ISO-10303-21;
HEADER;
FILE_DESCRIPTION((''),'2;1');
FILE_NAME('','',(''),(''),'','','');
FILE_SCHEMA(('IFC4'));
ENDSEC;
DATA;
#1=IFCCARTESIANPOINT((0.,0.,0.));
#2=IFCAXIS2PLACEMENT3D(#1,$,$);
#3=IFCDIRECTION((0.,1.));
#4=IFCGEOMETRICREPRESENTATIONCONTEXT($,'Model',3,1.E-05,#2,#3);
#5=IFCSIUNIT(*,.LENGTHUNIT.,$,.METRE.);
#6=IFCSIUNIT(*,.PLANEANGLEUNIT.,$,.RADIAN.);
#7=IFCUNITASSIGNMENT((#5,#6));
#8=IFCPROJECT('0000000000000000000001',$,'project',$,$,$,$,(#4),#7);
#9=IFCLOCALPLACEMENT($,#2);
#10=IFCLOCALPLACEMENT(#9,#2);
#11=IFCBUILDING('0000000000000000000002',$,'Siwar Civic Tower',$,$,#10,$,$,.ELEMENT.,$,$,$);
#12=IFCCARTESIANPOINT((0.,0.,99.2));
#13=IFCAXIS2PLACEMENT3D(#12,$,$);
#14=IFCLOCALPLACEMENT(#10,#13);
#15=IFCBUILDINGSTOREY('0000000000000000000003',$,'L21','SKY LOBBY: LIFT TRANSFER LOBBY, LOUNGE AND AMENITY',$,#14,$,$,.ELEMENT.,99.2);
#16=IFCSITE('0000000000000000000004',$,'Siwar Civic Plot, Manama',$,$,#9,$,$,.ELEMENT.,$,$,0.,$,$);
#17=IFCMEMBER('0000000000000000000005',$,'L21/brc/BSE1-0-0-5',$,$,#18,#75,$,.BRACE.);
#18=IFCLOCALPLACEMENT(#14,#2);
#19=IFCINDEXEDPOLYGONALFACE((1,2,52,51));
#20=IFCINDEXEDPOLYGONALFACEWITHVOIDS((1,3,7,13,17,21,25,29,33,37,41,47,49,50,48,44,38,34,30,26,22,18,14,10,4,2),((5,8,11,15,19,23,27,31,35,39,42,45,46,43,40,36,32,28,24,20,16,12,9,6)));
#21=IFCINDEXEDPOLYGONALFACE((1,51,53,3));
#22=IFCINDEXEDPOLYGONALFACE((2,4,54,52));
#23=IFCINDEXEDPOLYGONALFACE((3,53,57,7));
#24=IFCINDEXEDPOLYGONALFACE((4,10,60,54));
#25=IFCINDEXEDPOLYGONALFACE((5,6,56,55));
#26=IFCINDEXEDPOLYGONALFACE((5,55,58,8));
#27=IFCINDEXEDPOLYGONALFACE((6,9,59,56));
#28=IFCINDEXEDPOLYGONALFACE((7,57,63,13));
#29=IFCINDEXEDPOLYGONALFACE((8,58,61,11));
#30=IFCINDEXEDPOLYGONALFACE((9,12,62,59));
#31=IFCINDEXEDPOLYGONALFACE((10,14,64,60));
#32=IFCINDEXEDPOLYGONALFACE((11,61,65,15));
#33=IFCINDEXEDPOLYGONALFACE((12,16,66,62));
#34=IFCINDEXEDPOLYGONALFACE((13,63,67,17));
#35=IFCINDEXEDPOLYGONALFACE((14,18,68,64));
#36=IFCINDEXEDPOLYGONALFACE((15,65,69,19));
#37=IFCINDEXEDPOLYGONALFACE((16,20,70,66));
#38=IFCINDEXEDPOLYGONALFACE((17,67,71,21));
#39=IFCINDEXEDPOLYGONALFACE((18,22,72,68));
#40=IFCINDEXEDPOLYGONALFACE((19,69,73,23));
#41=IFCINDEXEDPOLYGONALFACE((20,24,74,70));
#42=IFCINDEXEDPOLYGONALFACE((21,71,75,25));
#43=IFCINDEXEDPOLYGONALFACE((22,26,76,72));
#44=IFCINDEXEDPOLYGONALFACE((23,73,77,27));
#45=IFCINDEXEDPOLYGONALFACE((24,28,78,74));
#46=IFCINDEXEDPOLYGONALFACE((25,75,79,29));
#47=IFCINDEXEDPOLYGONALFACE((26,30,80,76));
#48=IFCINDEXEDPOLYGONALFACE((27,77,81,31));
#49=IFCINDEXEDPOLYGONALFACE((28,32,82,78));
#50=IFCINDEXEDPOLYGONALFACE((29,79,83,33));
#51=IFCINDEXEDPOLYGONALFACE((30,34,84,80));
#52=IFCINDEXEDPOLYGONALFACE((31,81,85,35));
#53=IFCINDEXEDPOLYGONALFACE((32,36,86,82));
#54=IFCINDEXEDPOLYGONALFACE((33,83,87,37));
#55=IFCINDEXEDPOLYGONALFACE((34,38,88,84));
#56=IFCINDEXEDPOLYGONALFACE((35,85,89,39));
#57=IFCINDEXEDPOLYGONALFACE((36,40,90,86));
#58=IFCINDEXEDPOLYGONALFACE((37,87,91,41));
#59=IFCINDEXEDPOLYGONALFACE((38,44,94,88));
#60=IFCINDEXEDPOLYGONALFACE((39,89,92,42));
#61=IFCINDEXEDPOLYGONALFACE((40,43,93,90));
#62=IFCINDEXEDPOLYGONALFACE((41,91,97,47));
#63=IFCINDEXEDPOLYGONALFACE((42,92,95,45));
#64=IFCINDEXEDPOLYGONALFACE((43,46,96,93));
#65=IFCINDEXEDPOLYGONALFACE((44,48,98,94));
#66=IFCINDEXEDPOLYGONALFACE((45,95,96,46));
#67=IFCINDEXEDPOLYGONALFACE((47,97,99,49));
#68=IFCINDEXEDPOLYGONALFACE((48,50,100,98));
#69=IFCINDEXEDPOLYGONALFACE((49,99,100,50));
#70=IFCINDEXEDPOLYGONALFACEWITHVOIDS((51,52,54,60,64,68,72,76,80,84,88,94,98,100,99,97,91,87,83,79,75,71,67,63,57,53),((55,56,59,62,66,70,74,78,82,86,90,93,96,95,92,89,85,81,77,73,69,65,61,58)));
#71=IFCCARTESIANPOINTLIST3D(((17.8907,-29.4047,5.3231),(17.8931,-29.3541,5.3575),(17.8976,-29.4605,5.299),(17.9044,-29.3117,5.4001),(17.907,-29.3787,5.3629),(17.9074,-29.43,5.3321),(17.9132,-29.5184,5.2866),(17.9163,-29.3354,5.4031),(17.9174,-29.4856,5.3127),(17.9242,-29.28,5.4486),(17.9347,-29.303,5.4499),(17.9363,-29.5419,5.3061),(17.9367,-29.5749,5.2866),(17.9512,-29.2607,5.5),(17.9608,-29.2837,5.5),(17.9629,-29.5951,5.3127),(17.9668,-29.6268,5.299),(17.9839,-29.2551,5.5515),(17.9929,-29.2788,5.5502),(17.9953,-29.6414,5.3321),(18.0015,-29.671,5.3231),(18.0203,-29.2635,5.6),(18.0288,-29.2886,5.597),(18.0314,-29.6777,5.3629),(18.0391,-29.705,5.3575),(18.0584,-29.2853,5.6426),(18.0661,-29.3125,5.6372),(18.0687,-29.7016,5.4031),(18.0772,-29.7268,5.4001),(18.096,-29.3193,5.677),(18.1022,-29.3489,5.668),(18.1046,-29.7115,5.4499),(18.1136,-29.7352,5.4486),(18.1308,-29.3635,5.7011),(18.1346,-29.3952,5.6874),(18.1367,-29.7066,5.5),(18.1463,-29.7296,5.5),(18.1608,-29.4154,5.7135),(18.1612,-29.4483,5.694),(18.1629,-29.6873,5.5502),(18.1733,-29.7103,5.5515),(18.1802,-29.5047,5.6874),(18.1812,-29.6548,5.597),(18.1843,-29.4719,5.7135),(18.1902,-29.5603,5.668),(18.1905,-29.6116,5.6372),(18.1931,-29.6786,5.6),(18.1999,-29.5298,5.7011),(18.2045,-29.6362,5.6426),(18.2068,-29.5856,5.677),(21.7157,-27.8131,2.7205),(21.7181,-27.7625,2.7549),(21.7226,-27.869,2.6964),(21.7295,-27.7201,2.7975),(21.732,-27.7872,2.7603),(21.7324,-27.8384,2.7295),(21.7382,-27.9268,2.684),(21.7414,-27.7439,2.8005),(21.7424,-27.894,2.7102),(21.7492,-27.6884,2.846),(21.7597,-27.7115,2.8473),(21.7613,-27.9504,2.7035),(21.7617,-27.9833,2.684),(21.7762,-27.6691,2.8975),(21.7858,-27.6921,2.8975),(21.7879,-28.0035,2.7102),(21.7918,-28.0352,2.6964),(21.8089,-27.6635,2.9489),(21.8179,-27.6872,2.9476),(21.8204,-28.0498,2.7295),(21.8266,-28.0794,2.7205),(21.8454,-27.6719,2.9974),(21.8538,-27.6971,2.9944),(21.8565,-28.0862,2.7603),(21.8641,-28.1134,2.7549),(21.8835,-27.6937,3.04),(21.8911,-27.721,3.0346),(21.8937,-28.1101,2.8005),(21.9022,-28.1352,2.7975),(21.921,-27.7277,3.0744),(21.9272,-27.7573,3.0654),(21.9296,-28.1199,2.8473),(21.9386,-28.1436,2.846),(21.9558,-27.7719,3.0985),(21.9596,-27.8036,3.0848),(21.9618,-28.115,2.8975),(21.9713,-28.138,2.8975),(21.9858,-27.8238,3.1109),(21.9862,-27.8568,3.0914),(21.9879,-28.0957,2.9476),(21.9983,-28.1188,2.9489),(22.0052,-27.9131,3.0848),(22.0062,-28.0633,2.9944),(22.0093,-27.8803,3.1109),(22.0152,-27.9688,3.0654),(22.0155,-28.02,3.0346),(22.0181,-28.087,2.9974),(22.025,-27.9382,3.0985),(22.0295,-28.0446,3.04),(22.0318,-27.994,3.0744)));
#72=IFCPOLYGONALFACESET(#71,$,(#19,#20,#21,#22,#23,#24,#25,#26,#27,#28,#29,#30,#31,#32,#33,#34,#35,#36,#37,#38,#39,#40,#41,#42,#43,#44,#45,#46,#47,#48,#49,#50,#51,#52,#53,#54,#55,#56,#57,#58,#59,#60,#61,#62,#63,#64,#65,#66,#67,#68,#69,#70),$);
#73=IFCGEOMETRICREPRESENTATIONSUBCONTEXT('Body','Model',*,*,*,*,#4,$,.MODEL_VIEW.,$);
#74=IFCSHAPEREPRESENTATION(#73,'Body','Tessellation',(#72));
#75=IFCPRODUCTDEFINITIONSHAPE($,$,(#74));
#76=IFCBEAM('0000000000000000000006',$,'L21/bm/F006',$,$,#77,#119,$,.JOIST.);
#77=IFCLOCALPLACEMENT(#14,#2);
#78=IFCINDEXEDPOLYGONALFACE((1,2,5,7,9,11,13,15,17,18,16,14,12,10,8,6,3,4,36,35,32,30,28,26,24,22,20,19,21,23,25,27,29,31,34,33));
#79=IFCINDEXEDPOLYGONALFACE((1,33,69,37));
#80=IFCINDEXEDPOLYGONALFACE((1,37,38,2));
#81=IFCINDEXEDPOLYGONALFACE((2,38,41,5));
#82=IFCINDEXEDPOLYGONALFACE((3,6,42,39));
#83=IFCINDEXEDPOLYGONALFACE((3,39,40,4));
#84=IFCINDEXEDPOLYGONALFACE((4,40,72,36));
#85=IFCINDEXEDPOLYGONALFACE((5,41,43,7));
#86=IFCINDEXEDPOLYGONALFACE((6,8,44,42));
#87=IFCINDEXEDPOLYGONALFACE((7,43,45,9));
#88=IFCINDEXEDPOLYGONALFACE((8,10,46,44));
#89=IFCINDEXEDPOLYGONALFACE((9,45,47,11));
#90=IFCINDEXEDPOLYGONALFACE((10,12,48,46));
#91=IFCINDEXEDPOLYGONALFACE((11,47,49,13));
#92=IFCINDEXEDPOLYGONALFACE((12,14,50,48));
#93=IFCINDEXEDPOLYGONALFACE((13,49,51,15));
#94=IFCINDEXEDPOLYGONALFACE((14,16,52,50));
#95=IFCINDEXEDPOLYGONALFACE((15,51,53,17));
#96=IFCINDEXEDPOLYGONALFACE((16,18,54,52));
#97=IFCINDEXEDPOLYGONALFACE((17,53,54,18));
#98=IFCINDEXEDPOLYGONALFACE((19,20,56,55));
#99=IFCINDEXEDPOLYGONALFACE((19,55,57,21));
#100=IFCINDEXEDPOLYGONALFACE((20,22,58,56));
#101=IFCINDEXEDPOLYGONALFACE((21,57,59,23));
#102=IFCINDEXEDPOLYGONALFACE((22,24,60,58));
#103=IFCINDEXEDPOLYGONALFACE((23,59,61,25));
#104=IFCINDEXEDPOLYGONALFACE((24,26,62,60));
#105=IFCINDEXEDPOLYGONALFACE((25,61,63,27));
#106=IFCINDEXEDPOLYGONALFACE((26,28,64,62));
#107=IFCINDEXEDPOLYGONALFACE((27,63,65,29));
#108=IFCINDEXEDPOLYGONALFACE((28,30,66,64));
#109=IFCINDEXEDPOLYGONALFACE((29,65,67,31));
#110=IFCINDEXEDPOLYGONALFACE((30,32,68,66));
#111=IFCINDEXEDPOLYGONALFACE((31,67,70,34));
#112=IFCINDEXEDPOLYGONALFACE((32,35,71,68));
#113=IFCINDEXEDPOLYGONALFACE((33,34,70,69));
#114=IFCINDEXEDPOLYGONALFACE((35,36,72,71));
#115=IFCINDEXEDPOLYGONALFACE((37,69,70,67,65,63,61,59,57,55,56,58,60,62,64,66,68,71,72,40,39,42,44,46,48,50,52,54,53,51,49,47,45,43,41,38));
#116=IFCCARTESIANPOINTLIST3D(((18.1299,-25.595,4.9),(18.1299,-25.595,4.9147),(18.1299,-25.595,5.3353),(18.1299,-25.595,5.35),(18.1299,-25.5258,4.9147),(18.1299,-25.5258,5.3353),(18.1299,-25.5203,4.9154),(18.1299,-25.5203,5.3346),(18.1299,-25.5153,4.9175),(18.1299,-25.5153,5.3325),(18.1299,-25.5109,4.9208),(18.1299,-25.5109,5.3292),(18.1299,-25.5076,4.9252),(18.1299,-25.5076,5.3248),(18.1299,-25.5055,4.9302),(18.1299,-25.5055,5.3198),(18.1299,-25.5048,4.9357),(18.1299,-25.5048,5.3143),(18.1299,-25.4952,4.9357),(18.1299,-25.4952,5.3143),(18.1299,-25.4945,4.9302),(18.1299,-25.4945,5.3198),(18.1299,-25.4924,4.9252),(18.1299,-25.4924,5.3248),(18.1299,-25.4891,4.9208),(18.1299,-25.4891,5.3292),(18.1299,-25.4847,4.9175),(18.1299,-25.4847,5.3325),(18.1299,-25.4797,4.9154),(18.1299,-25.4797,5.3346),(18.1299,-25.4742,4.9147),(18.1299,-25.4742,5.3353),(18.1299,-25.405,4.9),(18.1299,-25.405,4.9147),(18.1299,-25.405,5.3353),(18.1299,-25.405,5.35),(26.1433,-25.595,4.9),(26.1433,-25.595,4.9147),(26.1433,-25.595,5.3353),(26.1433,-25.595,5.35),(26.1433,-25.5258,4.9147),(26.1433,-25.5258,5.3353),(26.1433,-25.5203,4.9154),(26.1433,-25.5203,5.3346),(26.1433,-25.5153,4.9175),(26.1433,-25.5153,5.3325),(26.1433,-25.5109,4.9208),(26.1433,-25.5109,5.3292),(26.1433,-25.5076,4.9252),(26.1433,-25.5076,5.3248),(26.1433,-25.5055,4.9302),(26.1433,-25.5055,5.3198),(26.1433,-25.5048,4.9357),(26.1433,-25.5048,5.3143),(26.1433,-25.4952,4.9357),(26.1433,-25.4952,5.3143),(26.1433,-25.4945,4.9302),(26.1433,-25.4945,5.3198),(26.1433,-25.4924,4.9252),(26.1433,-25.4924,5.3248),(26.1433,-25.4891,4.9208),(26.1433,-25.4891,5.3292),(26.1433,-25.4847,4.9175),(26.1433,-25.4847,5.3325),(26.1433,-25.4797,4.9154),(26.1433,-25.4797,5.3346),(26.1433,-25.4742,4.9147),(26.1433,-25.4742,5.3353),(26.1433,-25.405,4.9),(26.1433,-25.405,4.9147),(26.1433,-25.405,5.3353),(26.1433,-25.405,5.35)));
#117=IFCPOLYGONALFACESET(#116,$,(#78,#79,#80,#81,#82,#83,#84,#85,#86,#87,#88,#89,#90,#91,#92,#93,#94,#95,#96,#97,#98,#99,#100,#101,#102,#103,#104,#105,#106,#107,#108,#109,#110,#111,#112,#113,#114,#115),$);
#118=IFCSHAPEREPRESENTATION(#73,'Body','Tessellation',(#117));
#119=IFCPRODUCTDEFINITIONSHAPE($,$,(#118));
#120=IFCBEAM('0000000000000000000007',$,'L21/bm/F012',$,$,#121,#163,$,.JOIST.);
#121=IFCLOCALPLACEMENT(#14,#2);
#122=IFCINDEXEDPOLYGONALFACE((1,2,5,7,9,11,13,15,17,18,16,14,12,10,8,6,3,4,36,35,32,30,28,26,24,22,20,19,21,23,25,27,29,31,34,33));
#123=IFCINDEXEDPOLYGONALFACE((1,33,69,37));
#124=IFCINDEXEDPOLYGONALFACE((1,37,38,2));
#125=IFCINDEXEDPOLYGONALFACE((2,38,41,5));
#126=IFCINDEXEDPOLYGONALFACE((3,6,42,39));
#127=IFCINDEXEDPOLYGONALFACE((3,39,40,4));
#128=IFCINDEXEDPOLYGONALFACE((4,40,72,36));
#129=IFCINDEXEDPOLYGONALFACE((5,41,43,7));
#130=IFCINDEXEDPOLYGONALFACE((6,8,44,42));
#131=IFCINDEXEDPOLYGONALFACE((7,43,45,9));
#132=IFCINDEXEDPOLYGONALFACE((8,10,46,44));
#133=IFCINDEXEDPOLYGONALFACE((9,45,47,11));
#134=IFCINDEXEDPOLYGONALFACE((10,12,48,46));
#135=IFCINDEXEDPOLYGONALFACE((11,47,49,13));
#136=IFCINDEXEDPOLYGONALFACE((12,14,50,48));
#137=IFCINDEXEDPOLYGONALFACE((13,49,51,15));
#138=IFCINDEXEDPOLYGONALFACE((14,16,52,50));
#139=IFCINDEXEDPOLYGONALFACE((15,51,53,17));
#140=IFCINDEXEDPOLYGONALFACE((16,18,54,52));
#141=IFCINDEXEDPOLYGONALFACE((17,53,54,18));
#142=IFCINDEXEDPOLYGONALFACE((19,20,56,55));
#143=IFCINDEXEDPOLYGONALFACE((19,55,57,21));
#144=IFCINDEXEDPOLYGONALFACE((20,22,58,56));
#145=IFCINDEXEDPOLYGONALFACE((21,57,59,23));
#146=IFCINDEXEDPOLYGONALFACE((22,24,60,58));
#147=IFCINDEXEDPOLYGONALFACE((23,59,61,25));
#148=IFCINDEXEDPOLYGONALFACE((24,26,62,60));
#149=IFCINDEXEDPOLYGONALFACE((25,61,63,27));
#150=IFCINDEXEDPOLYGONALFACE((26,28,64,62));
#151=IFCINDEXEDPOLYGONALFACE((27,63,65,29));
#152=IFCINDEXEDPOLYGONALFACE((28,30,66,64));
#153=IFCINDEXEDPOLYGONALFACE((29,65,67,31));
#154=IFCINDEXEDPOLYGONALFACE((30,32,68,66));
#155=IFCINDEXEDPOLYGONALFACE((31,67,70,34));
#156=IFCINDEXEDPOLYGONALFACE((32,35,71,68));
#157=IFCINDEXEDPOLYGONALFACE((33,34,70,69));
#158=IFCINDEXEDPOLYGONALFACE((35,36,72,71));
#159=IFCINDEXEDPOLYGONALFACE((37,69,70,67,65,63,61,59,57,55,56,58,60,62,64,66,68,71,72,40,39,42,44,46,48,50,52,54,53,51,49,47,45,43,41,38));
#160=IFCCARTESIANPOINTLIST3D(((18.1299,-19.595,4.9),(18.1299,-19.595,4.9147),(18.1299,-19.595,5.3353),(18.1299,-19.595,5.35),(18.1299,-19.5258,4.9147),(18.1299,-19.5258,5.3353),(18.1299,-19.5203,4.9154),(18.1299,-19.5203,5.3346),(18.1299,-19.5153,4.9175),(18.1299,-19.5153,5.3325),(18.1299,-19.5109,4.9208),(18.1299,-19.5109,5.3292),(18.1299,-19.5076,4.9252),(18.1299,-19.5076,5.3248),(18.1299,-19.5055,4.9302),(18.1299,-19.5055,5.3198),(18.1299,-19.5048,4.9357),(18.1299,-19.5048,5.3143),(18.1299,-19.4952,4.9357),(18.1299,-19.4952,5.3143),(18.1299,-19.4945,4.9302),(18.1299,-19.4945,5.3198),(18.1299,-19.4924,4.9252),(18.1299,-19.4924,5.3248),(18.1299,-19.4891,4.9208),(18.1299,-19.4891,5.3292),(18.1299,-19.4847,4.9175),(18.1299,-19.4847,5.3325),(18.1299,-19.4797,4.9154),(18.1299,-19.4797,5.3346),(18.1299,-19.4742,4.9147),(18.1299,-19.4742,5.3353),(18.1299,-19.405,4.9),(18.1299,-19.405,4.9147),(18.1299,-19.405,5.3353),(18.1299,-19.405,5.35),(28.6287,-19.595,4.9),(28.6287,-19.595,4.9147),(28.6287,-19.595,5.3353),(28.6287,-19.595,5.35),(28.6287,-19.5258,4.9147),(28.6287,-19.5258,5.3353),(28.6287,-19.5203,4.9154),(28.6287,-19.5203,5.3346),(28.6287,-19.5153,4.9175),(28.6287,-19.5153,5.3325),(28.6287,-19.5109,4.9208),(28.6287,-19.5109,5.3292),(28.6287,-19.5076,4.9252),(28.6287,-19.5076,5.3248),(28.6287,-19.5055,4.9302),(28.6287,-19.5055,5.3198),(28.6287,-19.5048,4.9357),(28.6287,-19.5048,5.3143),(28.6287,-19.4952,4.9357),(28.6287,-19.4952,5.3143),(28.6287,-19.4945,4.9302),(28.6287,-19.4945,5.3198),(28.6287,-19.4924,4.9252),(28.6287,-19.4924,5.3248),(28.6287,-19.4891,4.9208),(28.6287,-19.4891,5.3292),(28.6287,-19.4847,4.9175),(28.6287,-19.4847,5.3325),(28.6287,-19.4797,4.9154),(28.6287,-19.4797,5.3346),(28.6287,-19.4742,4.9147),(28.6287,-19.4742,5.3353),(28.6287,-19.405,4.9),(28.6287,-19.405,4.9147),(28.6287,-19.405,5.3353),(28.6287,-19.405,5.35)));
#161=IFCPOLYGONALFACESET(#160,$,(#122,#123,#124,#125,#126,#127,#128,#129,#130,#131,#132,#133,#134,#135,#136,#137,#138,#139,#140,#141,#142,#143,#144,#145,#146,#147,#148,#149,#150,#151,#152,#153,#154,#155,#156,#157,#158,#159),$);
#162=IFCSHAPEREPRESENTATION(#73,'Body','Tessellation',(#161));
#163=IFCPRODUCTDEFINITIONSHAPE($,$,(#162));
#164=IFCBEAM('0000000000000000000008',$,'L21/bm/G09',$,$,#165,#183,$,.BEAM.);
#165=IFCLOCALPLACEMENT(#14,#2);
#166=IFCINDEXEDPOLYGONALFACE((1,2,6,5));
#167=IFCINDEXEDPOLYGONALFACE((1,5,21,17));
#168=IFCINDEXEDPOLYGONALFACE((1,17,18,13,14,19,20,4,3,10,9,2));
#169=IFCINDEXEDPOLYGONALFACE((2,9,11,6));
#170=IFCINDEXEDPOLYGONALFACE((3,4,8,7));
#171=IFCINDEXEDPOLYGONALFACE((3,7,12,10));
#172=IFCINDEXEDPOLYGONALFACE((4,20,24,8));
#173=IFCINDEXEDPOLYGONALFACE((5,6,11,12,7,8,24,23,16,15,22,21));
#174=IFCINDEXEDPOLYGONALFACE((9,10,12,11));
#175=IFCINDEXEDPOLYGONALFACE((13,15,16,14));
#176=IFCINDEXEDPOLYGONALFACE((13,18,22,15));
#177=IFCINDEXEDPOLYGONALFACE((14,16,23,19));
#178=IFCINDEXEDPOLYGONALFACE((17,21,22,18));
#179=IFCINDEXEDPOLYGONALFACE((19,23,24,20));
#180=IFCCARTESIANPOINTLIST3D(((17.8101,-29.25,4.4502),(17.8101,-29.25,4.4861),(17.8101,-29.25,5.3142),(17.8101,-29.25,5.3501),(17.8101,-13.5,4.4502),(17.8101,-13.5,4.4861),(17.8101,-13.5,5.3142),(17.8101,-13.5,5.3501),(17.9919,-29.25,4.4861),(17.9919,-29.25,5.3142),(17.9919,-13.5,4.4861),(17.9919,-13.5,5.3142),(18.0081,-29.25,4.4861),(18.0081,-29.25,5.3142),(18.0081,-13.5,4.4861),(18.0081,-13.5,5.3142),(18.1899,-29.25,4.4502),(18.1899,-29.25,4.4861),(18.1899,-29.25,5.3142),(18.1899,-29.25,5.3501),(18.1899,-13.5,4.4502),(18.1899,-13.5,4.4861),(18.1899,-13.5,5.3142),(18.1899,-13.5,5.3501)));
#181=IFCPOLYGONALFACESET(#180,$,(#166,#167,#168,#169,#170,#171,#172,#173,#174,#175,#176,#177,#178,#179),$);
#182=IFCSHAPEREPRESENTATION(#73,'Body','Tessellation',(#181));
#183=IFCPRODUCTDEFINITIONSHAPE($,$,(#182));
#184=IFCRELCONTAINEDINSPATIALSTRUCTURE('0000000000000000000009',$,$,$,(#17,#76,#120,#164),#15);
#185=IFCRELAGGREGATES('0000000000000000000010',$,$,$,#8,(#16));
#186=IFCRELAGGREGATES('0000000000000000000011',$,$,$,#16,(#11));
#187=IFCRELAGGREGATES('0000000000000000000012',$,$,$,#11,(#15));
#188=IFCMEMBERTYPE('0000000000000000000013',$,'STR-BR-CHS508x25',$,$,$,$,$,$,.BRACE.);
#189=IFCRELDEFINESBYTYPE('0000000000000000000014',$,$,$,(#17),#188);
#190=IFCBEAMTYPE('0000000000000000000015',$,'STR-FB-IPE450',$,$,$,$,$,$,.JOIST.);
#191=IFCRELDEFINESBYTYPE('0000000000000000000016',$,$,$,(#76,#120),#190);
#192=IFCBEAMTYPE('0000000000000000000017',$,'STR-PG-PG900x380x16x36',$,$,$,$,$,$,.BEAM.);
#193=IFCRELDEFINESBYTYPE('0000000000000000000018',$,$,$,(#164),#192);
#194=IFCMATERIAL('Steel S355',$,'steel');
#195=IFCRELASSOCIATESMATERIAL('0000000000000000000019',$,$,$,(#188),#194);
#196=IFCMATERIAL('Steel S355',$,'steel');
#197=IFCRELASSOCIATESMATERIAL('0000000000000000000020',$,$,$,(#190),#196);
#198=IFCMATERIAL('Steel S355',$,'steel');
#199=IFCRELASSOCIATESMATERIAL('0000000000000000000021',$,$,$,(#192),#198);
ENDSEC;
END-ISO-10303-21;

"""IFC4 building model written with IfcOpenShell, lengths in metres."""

from ifc_helpers import new_model, si_unit, direction, frame, origin, origin_2d, place, context, subcontext, project, spatial, hollow_circle, i_section, extrude, material, material_profile, profile_set, type_object, element, save


model = new_model("IFC4")

# Units and contexts
model_context = context("Model", 3, precision=1e-05, world=origin(), true_north=direction((0.0, 1.0)))
body_context = subcontext(model_context, "Body", "Model", "MODEL_VIEW")
ifc_project = project(units=[si_unit("LENGTHUNIT", "METRE"), si_unit("PLANEANGLEUNIT", "RADIAN")], contexts=[model_context])

# Site, building, storey
site_placement = place(None, origin())
site = spatial("IfcSite", under=ifc_project, at=site_placement, Name="Siwar Civic Plot, Manama", CompositionType="ELEMENT", RefElevation=0.0)
building_placement = place(site_placement, origin())
building = spatial("IfcBuilding", under=site, at=building_placement, Name="Siwar Civic Tower", CompositionType="ELEMENT")
storey_placement = place(building_placement, frame((0.0, 0.0, 99.2)))
storey = spatial("IfcBuildingStorey", under=building, at=storey_placement, Name="L21", Description="SKY LOBBY: LIFT TRANSFER LOBBY, LOUNGE AND AMENITY", CompositionType="ELEMENT", Elevation=99.2)

# Member
ifc_material_1 = material(Name="Steel S355", Category="steel")
ifc_material_profile_1 = material_profile(ifc_material_1, hollow_circle(Radius=0.2539, WallThickness=0.0249, at=origin_2d()), Name="CHS508x25")
ifc_profile_set_1 = profile_set([ifc_material_profile_1], Name="Steel S355")
member_type_1 = type_object("IfcMemberType", Name="STR-BR-CHS508x25", PredefinedType="BRACE", material=ifc_profile_set_1)
member_1_placement = place(storey_placement, frame((21.8738, -27.9036, 2.8975), z_axis=(-0.7818, -0.325305, 0.531945), x_axis=(0.384168, -0.923263, 0.0)))
element("IfcMember", 1, at=member_1_placement, inside=storey, type_object=member_type_1, Name="L21/brc/BSE1-0-0-5", PredefinedType="BRACE", context=body_context, shape_type="SweptSolid", body=[
    extrude(hollow_circle(Radius=0.2539, WallThickness=0.0249, at=origin_2d()), origin(), (0.0, 0.0, 1.0), 4.8926),
])

# Beams
ifc_material_2 = material(Name="Steel S355", Category="steel")
ifc_material_profile_2 = material_profile(ifc_material_2, i_section(OverallWidth=0.1899, OverallDepth=0.45, WebThickness=0.0095, FlangeThickness=0.0146, FilletRadius=0.021, at=origin_2d()), Name="IPE450")
ifc_profile_set_2 = profile_set([ifc_material_profile_2], Name="Steel S355")
beam_type_1 = type_object("IfcBeamType", Name="STR-FB-IPE450", PredefinedType="JOIST", material=ifc_profile_set_2)
beam_1_placement = place(storey_placement, frame((18.1299, -25.5, 5.125), z_axis=(1.0, 0.0, 0.0), x_axis=(0.0, 1.0, 0.0)))
element("IfcBeam", 2, at=beam_1_placement, inside=storey, type_object=beam_type_1, Name="L21/bm/F006", PredefinedType="JOIST", context=body_context, shape_type="SweptSolid", body=[
    extrude(i_section(OverallWidth=0.1899, OverallDepth=0.45, WebThickness=0.0095, FlangeThickness=0.0146, FilletRadius=0.021, at=origin_2d()), origin(), (0.0, 0.0, 1.0), 8.0134),
])
beam_2_placement = place(storey_placement, frame((18.1299, -19.5, 5.125), z_axis=(1.0, 0.0, 0.0), x_axis=(0.0, 1.0, 0.0)))
element("IfcBeam", 3, at=beam_2_placement, inside=storey, type_object=beam_type_1, Name="L21/bm/F012", PredefinedType="JOIST", context=body_context, shape_type="SweptSolid", body=[
    extrude(i_section(OverallWidth=0.1899, OverallDepth=0.45, WebThickness=0.0095, FlangeThickness=0.0146, FilletRadius=0.021, at=origin_2d()), origin(), (0.0, 0.0, 1.0), 10.4988),
])
ifc_material_3 = material(Name="Steel S355", Category="steel")
ifc_material_profile_3 = material_profile(ifc_material_3, i_section(OverallWidth=0.3799, OverallDepth=0.8999, WebThickness=0.0161, FlangeThickness=0.0359, at=origin_2d()), Name="PG900x380x16x36")
ifc_profile_set_3 = profile_set([ifc_material_profile_3], Name="Steel S355")
beam_type_2 = type_object("IfcBeamType", Name="STR-PG-PG900x380x16x36", PredefinedType="BEAM", material=ifc_profile_set_3)
beam_3_placement = place(storey_placement, frame((18.0, -29.25, 4.9001), z_axis=(0.0, 1.0, 0.0), x_axis=(-1.0, 0.0, 0.0)))
element("IfcBeam", 4, at=beam_3_placement, inside=storey, type_object=beam_type_2, Name="L21/bm/G09", PredefinedType="BEAM", context=body_context, shape_type="SweptSolid", body=[
    extrude(i_section(OverallWidth=0.3799, OverallDepth=0.8999, WebThickness=0.0161, FlangeThickness=0.0359, at=origin_2d()), origin(), (0.0, 0.0, 1.0), 15.75),
])

save(model, "model.ifc")
